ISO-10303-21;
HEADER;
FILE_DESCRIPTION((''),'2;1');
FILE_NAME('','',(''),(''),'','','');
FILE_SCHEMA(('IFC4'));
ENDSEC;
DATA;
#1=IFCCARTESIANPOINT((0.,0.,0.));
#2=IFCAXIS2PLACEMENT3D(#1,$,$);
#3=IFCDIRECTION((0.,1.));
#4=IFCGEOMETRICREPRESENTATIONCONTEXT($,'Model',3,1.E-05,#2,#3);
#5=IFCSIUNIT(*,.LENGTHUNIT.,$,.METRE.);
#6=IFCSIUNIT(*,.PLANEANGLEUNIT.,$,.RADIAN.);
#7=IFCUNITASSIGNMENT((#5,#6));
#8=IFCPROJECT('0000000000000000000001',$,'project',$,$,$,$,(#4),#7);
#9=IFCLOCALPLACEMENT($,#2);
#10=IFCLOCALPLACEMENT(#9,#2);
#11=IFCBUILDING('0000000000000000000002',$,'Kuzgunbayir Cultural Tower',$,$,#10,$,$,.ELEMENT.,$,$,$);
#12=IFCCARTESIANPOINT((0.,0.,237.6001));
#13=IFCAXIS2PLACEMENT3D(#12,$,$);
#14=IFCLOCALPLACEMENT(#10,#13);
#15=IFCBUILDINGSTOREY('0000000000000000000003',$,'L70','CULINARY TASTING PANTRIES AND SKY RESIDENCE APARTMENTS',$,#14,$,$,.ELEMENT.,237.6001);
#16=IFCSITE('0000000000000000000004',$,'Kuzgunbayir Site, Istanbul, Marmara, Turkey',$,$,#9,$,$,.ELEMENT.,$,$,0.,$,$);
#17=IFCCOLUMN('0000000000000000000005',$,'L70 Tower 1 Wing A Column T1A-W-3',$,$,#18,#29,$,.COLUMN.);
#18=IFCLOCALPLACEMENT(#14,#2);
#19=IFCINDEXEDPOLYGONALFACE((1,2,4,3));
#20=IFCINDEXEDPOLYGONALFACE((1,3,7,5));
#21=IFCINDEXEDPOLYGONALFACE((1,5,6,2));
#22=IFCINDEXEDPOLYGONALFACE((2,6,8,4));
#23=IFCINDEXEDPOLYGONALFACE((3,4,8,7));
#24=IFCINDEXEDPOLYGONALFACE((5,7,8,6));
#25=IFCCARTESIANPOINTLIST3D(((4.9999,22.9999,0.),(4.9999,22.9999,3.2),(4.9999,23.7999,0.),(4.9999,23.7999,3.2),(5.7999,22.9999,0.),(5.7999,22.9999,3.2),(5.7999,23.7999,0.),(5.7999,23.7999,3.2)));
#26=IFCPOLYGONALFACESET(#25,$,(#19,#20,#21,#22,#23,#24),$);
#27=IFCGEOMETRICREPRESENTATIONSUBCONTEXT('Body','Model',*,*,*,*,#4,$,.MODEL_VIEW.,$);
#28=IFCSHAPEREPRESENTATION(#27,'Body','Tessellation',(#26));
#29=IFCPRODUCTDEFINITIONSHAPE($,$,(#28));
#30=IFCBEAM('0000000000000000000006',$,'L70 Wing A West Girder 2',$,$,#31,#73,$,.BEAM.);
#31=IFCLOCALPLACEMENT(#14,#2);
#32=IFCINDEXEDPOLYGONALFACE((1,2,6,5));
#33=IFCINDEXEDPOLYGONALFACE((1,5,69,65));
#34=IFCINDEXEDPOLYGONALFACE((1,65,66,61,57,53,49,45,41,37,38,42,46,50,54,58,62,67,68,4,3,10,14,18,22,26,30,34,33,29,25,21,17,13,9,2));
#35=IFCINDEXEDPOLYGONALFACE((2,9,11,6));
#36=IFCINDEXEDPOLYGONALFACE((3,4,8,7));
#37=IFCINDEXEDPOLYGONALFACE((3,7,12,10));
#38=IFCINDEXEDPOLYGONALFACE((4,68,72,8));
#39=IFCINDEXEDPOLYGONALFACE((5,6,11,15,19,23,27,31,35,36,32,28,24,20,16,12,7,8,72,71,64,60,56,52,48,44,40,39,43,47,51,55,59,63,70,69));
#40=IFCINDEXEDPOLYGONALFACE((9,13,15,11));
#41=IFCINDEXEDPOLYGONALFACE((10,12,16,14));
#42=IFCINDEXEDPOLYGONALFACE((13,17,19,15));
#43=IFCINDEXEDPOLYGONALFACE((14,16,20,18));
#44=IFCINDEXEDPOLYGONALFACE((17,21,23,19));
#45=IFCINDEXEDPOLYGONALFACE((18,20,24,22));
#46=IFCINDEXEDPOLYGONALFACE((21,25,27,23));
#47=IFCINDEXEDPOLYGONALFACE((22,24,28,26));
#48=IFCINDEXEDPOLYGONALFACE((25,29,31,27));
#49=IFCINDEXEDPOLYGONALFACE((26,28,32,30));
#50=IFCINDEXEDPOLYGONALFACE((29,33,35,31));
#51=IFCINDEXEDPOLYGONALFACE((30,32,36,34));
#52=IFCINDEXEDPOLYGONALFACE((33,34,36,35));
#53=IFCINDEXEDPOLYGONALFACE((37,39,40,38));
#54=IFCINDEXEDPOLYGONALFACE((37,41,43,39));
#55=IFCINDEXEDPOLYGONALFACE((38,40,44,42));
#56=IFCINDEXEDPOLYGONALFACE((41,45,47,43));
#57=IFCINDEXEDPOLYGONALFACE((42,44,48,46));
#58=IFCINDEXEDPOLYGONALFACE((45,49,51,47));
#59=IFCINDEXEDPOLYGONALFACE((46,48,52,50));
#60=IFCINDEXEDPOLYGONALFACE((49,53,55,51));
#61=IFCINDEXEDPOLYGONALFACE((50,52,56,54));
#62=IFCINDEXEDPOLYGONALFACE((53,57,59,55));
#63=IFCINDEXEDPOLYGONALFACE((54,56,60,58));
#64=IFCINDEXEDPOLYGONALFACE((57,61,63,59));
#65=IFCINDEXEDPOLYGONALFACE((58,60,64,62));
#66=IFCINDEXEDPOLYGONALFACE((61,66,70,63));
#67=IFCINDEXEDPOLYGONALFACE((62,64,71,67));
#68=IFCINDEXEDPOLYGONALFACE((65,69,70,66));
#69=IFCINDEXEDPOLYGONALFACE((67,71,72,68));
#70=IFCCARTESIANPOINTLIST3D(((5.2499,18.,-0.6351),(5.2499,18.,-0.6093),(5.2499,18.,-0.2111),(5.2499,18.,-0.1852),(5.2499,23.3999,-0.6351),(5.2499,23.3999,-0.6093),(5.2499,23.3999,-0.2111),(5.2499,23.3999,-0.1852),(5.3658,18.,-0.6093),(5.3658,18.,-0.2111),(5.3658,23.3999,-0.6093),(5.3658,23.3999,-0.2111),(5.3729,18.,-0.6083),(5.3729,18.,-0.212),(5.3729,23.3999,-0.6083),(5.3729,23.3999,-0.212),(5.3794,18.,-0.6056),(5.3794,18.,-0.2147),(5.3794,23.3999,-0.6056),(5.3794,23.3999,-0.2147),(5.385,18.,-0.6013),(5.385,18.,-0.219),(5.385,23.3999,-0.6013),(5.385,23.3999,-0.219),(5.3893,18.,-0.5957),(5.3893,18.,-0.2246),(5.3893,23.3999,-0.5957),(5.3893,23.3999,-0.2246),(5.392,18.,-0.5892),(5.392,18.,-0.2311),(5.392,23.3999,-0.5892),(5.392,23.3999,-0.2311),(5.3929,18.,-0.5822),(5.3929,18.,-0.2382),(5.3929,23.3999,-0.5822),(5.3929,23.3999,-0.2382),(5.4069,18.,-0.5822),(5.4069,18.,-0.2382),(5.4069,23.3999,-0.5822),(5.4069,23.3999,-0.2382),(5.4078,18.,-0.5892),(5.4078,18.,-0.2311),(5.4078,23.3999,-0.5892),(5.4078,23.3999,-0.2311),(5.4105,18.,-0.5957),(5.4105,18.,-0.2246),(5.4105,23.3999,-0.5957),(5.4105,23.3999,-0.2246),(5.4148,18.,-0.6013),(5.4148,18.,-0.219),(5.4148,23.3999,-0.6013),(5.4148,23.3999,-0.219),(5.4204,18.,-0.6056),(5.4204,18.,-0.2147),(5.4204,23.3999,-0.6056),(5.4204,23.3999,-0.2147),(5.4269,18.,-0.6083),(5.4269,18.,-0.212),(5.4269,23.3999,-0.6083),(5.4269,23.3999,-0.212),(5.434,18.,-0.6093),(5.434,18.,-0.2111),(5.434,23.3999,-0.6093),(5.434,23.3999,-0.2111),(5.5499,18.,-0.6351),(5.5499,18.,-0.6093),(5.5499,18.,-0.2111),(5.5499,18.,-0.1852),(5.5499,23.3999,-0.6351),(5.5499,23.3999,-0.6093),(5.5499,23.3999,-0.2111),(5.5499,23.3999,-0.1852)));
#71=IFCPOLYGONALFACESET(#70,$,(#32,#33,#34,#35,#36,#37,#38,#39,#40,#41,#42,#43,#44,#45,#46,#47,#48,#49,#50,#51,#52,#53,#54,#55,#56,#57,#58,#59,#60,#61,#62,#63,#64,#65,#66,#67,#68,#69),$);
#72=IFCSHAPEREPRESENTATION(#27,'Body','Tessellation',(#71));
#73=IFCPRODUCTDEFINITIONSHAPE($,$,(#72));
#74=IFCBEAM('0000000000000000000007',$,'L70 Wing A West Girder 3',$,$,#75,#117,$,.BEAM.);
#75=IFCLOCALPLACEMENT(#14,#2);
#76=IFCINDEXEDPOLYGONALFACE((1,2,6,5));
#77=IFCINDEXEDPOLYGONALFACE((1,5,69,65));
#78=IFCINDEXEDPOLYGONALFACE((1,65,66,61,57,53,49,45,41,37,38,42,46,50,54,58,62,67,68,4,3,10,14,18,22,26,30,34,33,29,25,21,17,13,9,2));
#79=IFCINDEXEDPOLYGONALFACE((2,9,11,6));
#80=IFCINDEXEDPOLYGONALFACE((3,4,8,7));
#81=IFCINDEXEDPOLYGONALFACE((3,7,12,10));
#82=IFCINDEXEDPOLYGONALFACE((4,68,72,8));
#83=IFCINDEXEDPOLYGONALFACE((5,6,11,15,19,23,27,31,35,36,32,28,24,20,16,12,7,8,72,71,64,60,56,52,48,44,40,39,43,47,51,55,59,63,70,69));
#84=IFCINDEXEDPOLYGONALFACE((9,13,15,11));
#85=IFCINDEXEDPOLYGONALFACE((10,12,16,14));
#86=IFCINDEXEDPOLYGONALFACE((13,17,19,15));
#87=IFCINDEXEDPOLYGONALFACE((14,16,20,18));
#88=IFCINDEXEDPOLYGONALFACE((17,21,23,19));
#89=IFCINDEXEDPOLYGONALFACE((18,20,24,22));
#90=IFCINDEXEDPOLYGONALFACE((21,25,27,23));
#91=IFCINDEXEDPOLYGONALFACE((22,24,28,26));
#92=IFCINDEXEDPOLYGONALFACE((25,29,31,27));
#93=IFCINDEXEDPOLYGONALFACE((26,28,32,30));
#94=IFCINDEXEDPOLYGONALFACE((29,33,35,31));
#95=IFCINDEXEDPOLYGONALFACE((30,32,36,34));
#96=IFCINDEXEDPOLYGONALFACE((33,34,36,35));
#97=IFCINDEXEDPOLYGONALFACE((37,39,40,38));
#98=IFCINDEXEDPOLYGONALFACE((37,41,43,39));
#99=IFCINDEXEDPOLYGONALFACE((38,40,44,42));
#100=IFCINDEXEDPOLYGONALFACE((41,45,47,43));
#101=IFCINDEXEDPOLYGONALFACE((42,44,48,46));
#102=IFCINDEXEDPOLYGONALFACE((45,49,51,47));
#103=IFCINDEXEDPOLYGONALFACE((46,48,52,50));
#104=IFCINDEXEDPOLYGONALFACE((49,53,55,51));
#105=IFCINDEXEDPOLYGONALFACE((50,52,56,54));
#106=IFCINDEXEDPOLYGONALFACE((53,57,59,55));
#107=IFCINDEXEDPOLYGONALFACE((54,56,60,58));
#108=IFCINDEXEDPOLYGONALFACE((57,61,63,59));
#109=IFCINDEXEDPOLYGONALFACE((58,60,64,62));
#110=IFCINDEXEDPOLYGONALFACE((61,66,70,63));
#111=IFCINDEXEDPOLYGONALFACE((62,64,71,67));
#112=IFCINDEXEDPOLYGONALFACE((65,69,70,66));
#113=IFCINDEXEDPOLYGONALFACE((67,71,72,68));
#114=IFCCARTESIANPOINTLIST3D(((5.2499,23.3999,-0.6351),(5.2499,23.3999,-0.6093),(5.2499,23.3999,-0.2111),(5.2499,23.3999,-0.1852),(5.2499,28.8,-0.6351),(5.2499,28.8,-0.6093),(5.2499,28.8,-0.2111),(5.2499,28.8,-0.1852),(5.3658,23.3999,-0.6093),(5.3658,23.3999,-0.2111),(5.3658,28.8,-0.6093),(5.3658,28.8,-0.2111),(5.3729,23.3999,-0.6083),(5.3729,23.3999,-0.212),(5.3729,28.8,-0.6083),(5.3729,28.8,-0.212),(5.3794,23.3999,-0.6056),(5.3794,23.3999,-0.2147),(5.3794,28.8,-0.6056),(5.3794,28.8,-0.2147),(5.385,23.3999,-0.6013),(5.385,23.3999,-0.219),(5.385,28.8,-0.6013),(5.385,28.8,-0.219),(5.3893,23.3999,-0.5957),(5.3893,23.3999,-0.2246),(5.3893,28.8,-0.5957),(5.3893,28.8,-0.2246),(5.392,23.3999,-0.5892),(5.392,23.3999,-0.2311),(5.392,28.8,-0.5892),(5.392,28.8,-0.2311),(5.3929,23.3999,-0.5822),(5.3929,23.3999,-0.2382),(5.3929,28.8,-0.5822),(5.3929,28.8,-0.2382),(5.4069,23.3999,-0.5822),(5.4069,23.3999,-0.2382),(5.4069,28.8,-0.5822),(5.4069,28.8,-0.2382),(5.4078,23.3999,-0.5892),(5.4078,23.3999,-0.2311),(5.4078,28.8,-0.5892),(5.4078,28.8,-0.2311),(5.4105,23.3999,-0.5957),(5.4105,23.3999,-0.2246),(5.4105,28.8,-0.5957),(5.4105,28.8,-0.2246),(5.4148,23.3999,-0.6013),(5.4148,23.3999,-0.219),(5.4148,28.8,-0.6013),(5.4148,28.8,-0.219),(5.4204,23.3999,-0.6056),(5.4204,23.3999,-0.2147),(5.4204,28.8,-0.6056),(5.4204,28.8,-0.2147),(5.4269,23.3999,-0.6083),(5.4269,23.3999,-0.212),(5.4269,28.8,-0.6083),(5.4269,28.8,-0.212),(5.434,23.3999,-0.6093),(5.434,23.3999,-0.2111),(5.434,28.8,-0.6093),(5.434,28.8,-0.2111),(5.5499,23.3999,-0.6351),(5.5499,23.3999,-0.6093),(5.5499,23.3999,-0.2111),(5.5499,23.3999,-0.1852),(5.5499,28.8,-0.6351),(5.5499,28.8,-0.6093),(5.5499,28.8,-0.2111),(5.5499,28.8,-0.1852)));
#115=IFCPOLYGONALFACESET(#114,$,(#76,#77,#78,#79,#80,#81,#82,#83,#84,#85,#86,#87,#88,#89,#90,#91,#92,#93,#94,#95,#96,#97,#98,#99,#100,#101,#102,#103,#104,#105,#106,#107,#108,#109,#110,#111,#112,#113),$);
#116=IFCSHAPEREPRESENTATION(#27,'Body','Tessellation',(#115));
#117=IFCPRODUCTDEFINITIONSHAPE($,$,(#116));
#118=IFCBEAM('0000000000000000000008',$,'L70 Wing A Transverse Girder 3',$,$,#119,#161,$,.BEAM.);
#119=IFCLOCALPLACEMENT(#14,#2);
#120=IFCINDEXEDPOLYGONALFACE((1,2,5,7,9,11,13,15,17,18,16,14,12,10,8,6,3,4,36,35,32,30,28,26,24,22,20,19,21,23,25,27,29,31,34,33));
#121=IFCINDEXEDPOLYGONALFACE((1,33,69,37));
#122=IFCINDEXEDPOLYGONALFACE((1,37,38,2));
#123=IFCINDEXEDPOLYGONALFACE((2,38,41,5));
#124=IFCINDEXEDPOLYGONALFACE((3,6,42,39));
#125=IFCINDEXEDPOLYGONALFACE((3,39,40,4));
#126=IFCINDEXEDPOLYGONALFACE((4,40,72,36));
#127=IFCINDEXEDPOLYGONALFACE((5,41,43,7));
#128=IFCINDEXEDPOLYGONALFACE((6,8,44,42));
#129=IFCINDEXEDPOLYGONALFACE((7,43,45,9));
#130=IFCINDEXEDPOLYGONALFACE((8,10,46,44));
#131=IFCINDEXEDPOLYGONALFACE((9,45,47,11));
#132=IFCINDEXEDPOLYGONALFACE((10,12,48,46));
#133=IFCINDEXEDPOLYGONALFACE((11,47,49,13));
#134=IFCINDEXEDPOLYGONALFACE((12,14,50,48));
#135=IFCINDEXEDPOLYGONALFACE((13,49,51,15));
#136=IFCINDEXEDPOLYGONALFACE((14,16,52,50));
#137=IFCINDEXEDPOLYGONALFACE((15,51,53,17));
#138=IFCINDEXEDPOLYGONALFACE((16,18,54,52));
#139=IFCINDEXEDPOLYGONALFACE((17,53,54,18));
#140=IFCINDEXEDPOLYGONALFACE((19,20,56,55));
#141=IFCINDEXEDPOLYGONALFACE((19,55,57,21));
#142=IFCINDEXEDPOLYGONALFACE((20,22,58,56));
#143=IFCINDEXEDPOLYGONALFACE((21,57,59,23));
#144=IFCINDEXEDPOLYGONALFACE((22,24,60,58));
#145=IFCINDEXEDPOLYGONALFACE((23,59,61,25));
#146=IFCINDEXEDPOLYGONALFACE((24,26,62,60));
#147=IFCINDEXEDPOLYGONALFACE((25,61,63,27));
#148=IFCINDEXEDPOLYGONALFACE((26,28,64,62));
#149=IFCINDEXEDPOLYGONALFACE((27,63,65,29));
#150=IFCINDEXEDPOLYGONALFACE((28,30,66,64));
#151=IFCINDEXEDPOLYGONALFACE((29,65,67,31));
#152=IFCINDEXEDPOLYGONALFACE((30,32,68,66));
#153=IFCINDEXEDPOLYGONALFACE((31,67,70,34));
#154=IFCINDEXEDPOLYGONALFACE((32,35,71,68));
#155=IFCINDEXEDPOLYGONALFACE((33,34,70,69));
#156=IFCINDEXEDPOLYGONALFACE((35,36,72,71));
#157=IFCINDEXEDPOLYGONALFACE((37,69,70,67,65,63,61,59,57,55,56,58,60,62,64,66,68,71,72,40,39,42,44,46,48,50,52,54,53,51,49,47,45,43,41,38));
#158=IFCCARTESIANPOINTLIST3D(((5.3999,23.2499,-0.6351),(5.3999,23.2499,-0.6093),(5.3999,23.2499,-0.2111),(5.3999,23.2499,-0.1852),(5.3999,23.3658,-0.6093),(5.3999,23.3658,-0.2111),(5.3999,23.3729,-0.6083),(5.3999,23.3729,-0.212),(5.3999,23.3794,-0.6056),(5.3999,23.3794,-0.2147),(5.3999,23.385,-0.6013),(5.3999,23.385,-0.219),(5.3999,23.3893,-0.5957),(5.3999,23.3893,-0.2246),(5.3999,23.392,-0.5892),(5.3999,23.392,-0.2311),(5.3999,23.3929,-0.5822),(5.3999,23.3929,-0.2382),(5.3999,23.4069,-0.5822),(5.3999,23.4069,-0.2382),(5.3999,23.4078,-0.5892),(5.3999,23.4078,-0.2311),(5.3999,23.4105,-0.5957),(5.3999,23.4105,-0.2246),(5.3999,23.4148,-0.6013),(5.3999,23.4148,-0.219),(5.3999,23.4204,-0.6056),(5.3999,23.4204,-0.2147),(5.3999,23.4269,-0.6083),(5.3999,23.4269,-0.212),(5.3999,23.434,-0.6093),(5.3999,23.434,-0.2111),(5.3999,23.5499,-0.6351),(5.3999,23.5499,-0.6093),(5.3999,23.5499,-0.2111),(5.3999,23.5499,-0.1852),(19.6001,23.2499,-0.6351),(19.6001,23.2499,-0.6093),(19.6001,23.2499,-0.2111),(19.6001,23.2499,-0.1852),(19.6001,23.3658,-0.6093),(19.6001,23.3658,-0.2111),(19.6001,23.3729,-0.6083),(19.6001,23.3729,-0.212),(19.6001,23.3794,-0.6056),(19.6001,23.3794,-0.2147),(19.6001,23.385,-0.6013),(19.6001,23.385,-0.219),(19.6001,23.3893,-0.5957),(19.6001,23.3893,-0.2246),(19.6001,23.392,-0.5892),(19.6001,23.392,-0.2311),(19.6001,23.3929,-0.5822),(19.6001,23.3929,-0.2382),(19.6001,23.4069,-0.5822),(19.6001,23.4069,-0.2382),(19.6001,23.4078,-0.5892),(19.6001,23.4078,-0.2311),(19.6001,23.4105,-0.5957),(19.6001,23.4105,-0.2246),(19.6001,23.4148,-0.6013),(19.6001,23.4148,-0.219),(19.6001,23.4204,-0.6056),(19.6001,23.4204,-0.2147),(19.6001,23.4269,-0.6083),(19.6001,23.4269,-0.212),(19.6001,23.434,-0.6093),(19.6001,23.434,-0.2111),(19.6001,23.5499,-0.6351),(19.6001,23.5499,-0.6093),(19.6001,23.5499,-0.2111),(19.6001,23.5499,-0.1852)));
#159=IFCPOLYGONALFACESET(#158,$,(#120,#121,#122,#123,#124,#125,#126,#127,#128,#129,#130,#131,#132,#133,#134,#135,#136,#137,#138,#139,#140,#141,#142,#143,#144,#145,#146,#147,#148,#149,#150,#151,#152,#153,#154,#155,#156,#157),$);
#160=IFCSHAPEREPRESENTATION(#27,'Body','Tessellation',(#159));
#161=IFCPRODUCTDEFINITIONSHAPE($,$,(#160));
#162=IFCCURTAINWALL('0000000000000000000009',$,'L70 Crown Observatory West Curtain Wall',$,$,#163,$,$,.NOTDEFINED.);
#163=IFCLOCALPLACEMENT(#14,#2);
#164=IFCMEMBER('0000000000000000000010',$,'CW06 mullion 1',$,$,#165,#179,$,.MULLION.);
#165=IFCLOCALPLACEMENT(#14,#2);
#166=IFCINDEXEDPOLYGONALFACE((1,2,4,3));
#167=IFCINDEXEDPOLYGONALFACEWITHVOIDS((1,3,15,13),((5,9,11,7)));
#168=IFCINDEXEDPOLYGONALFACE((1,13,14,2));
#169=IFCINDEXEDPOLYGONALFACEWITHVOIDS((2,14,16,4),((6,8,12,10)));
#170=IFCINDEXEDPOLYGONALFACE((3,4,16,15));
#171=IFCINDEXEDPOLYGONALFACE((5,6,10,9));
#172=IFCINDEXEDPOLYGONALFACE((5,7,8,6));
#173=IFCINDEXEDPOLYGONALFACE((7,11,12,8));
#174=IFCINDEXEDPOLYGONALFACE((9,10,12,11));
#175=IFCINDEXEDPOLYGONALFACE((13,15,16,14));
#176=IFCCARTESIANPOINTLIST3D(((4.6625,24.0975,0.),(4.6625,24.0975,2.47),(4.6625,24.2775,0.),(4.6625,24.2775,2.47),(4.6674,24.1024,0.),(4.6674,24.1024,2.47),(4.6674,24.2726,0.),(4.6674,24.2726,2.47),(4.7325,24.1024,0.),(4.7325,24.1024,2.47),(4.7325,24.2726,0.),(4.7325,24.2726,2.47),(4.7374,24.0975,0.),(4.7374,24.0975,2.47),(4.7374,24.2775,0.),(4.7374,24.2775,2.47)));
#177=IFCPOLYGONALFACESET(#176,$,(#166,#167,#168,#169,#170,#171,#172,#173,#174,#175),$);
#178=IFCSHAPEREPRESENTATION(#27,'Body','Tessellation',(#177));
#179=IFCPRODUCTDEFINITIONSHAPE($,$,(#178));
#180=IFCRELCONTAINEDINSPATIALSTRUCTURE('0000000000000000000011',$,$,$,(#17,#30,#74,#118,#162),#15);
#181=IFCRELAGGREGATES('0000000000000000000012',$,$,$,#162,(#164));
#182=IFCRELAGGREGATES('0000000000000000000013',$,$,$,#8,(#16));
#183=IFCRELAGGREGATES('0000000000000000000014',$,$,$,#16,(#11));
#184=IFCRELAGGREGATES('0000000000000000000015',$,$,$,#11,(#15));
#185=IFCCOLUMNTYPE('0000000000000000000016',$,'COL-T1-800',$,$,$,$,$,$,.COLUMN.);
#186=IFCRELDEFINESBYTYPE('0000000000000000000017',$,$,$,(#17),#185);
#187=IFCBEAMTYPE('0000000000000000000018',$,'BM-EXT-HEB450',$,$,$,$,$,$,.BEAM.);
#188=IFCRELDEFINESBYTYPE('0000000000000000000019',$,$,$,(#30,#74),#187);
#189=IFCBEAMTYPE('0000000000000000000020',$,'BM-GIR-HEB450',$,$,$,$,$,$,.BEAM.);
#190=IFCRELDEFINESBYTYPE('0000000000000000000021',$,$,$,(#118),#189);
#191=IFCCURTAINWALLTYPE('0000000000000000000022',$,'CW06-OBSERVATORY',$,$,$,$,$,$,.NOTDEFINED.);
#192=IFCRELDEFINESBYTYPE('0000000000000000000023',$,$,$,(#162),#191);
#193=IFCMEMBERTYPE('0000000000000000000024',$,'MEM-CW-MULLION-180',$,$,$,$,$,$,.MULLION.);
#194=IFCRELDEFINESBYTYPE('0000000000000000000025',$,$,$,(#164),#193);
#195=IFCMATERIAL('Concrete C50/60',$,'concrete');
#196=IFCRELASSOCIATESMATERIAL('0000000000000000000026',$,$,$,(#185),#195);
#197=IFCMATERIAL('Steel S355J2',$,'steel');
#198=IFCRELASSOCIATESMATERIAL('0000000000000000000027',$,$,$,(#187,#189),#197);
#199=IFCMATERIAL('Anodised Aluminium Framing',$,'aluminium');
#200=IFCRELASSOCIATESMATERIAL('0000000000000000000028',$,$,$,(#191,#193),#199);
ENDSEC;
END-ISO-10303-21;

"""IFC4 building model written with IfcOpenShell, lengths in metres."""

from ifc_helpers import new_model, si_unit, direction, frame, origin, origin_2d, place, context, subcontext, project, spatial, rectangle, hollow_rectangle, i_section, extrude, material, material_profile, profile_set, type_object, element, aggregate, save


model = new_model("IFC4")

# Units and contexts
model_context = context("Model", 3, precision=1e-05, world=origin(), true_north=direction((0.0, 1.0)))
body_context = subcontext(model_context, "Body", "Model", "MODEL_VIEW")
ifc_project = project(units=[si_unit("LENGTHUNIT", "METRE"), si_unit("PLANEANGLEUNIT", "RADIAN")], contexts=[model_context])

# Site, building, storey
site_placement = place(None, origin())
site = spatial("IfcSite", under=ifc_project, at=site_placement, Name="Kuzgunbayir Site, Istanbul, Marmara, Turkey", CompositionType="ELEMENT", RefElevation=0.0)
building_placement = place(site_placement, origin())
building = spatial("IfcBuilding", under=site, at=building_placement, Name="Kuzgunbayir Cultural Tower", CompositionType="ELEMENT")
storey_placement = place(building_placement, frame((0.0, 0.0, 237.6001)))
storey = spatial("IfcBuildingStorey", under=building, at=storey_placement, Name="L70", Description="CULINARY TASTING PANTRIES AND SKY RESIDENCE APARTMENTS", CompositionType="ELEMENT", Elevation=237.6001)

# Column
ifc_material_1 = material(Name="Concrete C50/60", Category="concrete")
ifc_material_profile_1 = material_profile(ifc_material_1, rectangle(XDim=0.8, YDim=0.8, at=origin_2d()), Name="RC 800x800")
ifc_profile_set_1 = profile_set([ifc_material_profile_1], Name="Concrete C50/60")
column_type = type_object("IfcColumnType", Name="COL-T1-800", PredefinedType="COLUMN", material=ifc_profile_set_1)
column_placement = place(storey_placement, frame((5.3999, 23.3999, 0.0), z_axis=(0.0, 0.0, 1.0), x_axis=(1.0, 0.0, 0.0)))
element("IfcColumn", 1, at=column_placement, inside=storey, type_object=column_type, Name="L70 Tower 1 Wing A Column T1A-W-3", PredefinedType="COLUMN", context=body_context, shape_type="SweptSolid", body=[
    extrude(rectangle(XDim=0.8, YDim=0.8, at=origin_2d()), origin(), (0.0, 0.0, 1.0), 3.2),
])

# Beams
ifc_material_2 = material(Name="Steel S355J2", Category="steel")
ifc_material_profile_2 = material_profile(ifc_material_2, i_section(OverallWidth=0.3, OverallDepth=0.45, WebThickness=0.0139, FlangeThickness=0.0259, FilletRadius=0.0271, at=origin_2d()), Name="HEB 450")
ifc_profile_set_2 = profile_set([ifc_material_profile_2], Name="Steel S355J2")
beam_type_1 = type_object("IfcBeamType", Name="BM-EXT-HEB450", PredefinedType="BEAM", material=ifc_profile_set_2)
beam_1_placement = place(storey_placement, frame((5.3999, 18.0, -0.4102), z_axis=(0.0, 1.0, 0.0), x_axis=(-1.0, 0.0, 0.0)))
element("IfcBeam", 2, at=beam_1_placement, inside=storey, type_object=beam_type_1, Name="L70 Wing A West Girder 2", PredefinedType="BEAM", context=body_context, shape_type="SweptSolid", body=[
    extrude(i_section(OverallWidth=0.3, OverallDepth=0.45, WebThickness=0.0139, FlangeThickness=0.0259, FilletRadius=0.0271, at=origin_2d()), origin(), (0.0, 0.0, 1.0), 5.3999),
])
beam_2_placement = place(storey_placement, frame((5.3999, 23.3999, -0.4102), z_axis=(0.0, 1.0, 0.0), x_axis=(-1.0, 0.0, 0.0)))
element("IfcBeam", 3, at=beam_2_placement, inside=storey, type_object=beam_type_1, Name="L70 Wing A West Girder 3", PredefinedType="BEAM", context=body_context, shape_type="SweptSolid", body=[
    extrude(i_section(OverallWidth=0.3, OverallDepth=0.45, WebThickness=0.0139, FlangeThickness=0.0259, FilletRadius=0.0271, at=origin_2d()), origin(), (0.0, 0.0, 1.0), 5.4001),
])
ifc_material_profile_3 = material_profile(ifc_material_2, i_section(OverallWidth=0.3, OverallDepth=0.45, WebThickness=0.0139, FlangeThickness=0.0259, FilletRadius=0.0271, at=origin_2d()), Name="HEB 450")
ifc_profile_set_3 = profile_set([ifc_material_profile_3], Name="Steel S355J2")
beam_type_2 = type_object("IfcBeamType", Name="BM-GIR-HEB450", PredefinedType="BEAM", material=ifc_profile_set_3)
beam_3_placement = place(storey_placement, frame((5.3999, 23.3999, -0.4102), z_axis=(1.0, 0.0, 0.0), x_axis=(0.0, 1.0, 0.0)))
element("IfcBeam", 4, at=beam_3_placement, inside=storey, type_object=beam_type_2, Name="L70 Wing A Transverse Girder 3", PredefinedType="BEAM", context=body_context, shape_type="SweptSolid", body=[
    extrude(i_section(OverallWidth=0.3, OverallDepth=0.45, WebThickness=0.0139, FlangeThickness=0.0259, FilletRadius=0.0271, at=origin_2d()), origin(), (0.0, 0.0, 1.0), 14.2002),
])

# Curtain wall, member
ifc_material_3 = material(Name="Anodised Aluminium Framing", Category="aluminium")
curtain_wall_type = type_object("IfcCurtainWallType", Name="CW06-OBSERVATORY", PredefinedType="NOTDEFINED", material=ifc_material_3)
curtain_wall_placement = place(storey_placement, origin())
curtain_wall = element("IfcCurtainWall", 5, at=curtain_wall_placement, inside=storey, type_object=curtain_wall_type, Name="L70 Crown Observatory West Curtain Wall", PredefinedType="NOTDEFINED")
ifc_material_profile_4 = material_profile(ifc_material_3, hollow_rectangle(XDim=0.075, YDim=0.1799, WallThickness=0.0049, at=origin_2d()), Name="RHS 180x75x5")
ifc_profile_set_4 = profile_set([ifc_material_profile_4], Name="Anodised Aluminium Framing")
member_type_1 = type_object("IfcMemberType", Name="MEM-CW-MULLION-180", PredefinedType="MULLION", material=ifc_profile_set_4)
member_1_placement = place(storey_placement, frame((4.7, 24.1875, 0.0), z_axis=(0.0, 0.0, 1.0), x_axis=(-1.0, 0.0, 0.0)))
member_1 = element("IfcMember", 6, at=member_1_placement, type_object=member_type_1, Name="CW06 mullion 1", PredefinedType="MULLION", context=body_context, shape_type="SweptSolid", body=[
    extrude(hollow_rectangle(XDim=0.075, YDim=0.1799, WallThickness=0.0049, at=origin_2d()), origin(), (0.0, 0.0, 1.0), 2.47),
])
aggregate(curtain_wall, [member_1])

save(model, "model.ifc")
